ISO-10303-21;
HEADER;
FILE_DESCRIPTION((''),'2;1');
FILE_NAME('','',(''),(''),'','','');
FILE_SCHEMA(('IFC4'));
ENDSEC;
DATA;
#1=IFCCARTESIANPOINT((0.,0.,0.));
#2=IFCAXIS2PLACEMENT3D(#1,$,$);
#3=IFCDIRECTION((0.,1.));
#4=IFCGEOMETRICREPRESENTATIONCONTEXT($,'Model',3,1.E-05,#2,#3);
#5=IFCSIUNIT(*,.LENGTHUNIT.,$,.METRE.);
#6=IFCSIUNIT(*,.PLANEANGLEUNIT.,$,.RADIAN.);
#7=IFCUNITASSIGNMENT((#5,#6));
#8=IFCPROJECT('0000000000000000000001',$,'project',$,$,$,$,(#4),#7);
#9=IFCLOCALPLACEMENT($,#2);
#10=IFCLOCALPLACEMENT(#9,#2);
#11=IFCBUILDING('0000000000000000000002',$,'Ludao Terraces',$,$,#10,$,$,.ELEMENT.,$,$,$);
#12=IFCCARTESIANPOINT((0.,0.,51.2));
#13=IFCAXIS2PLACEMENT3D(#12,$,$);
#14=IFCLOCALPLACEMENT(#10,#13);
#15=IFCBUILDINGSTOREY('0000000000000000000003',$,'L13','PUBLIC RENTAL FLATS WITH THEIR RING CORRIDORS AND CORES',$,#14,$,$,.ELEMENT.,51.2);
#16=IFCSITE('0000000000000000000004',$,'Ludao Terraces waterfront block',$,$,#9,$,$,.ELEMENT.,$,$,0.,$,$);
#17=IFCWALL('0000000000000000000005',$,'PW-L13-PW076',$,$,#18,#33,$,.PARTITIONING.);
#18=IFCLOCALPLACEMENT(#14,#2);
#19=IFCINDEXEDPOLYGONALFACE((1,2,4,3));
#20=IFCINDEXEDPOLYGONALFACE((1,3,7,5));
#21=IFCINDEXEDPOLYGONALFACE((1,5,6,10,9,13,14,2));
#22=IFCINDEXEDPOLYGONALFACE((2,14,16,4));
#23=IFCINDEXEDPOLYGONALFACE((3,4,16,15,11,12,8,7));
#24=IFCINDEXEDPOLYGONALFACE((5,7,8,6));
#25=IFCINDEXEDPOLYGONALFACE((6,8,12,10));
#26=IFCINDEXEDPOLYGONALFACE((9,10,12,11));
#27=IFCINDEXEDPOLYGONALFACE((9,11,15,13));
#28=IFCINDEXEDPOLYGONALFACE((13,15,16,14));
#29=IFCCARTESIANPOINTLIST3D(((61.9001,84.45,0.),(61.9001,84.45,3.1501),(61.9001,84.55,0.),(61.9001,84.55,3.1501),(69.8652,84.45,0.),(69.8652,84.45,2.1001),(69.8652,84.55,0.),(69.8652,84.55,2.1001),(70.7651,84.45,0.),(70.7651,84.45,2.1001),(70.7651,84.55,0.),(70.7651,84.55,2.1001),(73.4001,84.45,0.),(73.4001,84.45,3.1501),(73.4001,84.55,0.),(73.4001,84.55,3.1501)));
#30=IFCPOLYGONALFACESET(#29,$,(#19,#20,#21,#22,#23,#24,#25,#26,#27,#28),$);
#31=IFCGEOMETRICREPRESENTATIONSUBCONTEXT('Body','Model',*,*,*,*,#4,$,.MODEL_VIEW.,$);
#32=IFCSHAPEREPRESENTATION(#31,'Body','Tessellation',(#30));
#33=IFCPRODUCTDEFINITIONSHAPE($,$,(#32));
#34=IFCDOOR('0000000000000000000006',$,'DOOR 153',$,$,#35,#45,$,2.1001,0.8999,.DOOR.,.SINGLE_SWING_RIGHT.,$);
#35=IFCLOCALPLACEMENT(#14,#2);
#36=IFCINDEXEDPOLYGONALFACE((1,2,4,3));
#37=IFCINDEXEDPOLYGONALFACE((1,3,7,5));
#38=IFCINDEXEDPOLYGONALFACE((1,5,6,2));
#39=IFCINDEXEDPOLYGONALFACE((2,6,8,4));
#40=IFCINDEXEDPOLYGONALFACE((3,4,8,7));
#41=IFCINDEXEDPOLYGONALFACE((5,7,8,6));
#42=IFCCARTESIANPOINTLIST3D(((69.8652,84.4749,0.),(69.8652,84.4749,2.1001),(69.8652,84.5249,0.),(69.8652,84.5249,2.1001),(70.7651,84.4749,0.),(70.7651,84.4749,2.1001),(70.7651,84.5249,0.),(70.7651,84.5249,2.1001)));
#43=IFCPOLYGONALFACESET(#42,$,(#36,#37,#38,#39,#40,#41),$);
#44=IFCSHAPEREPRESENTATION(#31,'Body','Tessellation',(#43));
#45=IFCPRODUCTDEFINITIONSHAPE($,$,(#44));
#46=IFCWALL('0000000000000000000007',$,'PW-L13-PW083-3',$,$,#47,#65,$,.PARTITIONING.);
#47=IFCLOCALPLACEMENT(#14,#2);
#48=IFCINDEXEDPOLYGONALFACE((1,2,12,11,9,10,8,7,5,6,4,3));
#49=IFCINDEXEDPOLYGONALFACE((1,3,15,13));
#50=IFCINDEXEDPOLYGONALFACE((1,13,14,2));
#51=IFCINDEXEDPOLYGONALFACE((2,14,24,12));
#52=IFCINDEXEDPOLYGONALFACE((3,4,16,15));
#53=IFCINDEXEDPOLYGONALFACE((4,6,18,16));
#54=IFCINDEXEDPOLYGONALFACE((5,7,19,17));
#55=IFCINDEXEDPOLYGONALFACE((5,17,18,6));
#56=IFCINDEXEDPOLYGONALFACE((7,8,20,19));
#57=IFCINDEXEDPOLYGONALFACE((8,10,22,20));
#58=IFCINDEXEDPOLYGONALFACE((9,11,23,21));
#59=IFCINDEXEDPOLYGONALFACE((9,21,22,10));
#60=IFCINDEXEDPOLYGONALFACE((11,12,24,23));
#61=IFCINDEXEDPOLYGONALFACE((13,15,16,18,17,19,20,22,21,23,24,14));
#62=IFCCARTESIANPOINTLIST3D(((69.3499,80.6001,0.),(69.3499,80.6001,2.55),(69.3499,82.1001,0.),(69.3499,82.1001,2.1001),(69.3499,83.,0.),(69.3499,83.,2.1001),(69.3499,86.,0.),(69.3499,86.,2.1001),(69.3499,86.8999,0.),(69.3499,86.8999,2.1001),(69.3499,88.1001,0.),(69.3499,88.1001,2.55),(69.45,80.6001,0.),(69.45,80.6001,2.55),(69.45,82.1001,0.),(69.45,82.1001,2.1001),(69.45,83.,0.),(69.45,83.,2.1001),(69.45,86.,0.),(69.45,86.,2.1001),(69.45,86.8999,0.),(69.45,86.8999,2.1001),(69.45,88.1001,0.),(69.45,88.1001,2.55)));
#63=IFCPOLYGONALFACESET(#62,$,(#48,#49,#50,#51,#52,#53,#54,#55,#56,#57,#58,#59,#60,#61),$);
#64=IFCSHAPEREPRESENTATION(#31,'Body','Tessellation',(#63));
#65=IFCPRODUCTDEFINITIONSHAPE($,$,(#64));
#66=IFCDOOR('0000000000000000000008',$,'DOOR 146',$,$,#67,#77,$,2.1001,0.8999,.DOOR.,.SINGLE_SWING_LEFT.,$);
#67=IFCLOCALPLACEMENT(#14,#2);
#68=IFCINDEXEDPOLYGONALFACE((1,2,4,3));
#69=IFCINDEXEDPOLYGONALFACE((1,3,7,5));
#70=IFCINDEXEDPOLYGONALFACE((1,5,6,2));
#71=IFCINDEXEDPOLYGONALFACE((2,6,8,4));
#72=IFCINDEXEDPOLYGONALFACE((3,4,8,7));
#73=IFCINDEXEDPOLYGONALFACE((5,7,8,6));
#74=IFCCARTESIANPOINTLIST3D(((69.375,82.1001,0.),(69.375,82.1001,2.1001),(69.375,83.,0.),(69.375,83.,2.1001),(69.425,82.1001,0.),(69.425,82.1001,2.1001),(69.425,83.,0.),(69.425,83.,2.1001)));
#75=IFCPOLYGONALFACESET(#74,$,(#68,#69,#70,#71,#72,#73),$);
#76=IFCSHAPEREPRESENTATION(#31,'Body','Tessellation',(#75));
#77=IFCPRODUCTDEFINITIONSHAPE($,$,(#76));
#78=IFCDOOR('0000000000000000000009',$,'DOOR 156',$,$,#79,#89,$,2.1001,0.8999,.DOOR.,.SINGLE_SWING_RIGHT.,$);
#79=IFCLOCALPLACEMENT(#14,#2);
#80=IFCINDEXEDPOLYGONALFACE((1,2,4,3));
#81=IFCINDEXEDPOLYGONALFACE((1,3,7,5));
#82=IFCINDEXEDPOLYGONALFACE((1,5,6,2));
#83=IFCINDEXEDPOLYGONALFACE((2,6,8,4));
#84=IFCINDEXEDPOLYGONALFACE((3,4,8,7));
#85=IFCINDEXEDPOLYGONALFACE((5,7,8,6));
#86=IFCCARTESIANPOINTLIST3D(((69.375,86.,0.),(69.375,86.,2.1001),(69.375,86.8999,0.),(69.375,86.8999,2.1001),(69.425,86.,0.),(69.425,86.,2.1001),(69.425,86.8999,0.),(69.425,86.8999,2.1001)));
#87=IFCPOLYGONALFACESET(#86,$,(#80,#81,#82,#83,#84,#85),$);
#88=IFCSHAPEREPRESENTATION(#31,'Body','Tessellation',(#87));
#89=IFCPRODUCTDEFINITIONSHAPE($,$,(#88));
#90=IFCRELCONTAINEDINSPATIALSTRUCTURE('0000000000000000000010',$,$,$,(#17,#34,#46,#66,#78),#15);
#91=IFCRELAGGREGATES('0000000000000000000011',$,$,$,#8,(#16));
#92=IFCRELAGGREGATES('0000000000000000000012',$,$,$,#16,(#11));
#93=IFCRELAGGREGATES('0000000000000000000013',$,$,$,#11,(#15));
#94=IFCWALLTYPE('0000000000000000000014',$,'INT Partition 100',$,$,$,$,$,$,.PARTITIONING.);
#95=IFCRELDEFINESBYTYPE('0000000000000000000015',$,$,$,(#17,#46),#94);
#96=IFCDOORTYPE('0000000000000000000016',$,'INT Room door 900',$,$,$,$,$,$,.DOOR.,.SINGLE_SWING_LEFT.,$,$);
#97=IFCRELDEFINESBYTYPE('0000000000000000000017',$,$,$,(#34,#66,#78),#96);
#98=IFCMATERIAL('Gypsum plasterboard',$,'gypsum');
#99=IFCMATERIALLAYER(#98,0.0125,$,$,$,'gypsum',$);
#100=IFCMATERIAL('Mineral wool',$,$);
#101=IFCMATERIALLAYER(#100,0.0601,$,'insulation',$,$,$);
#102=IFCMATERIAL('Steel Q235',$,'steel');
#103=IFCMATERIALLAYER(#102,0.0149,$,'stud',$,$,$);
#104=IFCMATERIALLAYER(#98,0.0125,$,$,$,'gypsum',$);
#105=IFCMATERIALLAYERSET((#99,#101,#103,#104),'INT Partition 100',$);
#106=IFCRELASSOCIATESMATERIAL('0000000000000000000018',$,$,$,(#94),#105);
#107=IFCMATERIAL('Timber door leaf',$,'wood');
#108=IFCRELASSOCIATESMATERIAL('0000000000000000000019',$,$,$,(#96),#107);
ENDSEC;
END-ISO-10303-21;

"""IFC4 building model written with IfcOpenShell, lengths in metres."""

from ifc_helpers import new_model, si_unit, direction, frame, frame_2d, origin, place, context, subcontext, project, spatial, rectangle, extrude, material, layer, layer_set, type_object, element, fill, save


model = new_model("IFC4")

# Units and contexts
model_context = context("Model", 3, precision=1e-05, world=origin(), true_north=direction((0.0, 1.0)))
body_context = subcontext(model_context, "Body", "Model", "MODEL_VIEW")
ifc_project = project(units=[si_unit("LENGTHUNIT", "METRE"), si_unit("PLANEANGLEUNIT", "RADIAN")], contexts=[model_context])

# Site, building, storey
site_placement = place(None, origin())
site = spatial("IfcSite", under=ifc_project, at=site_placement, Name="Ludao Terraces waterfront block", CompositionType="ELEMENT", RefElevation=0.0)
building_placement = place(site_placement, origin())
building = spatial("IfcBuilding", under=site, at=building_placement, Name="Ludao Terraces", CompositionType="ELEMENT")
storey_placement = place(building_placement, frame((0.0, 0.0, 51.2)))
storey = spatial("IfcBuildingStorey", under=building, at=storey_placement, Name="L13", Description="PUBLIC RENTAL FLATS WITH THEIR RING CORRIDORS AND CORES", CompositionType="ELEMENT", Elevation=51.2)

# Shared definitions
ifc_material_1 = material(Name="Mineral wool")

# Shared definitions
ifc_material_2 = material(Name="Gypsum plasterboard", Category="gypsum")
ifc_layer_1 = layer(ifc_material_2, 0.0125, Category="gypsum")
ifc_layer_2 = layer(ifc_material_1, 0.0601, Name="insulation")
ifc_material_3 = material(Name="Steel Q235", Category="steel")
ifc_layer_3 = layer(ifc_material_3, 0.0149, Name="stud")
ifc_layer_4 = layer(ifc_material_2, 0.0125, Category="gypsum")
ifc_layer_set_1 = layer_set([ifc_layer_1, ifc_layer_2, ifc_layer_3, ifc_layer_4], Name="INT Partition 100")
wall_type_1 = type_object("IfcWallType", Name="INT Partition 100", PredefinedType="PARTITIONING", material=ifc_layer_set_1)

# Wall, opening, door
wall_1_placement = place(storey_placement, frame((61.9001, 84.5, 0.0), z_axis=(0.0, 0.0, 1.0), x_axis=(1.0, 0.0, 0.0)))
wall_1 = element("IfcWall", 1, at=wall_1_placement, inside=storey, type_object=wall_type_1, Name="PW-L13-PW076", PredefinedType="PARTITIONING", context=body_context, shape_type="SweptSolid", body=[
    extrude(rectangle(XDim=11.5, YDim=0.1001, at=frame_2d((5.75, 0.0))), origin(), (0.0, 0.0, 1.0), 3.1501),
])
opening_1_placement = place(wall_1_placement, frame((7.9651, 0.0, 0.0)))
opening_1 = element("IfcOpeningElement", 2, at=opening_1_placement, cuts=wall_1, PredefinedType="OPENING", context=body_context, shape_type="SweptSolid", body=[
    extrude(rectangle(XDim=0.8999, YDim=2.1001, at=frame_2d((0.45, 1.05))), frame((0.0, 0.0601, 0.0), z_axis=(0.0, -1.0, 0.0), x_axis=(1.0, 0.0, 0.0)), (0.0, 0.0, 1.0), 0.1201),
])
ifc_material_4 = material(Name="Timber door leaf", Category="wood")
door_type = type_object("IfcDoorType", Name="INT Room door 900", OperationType="SINGLE_SWING_LEFT", PredefinedType="DOOR", material=ifc_material_4)
door_1_placement = place(opening_1_placement, origin())
door_1 = element("IfcDoor", 3, at=door_1_placement, inside=storey, type_object=door_type, Name="DOOR 153", OperationType="SINGLE_SWING_RIGHT", OverallHeight=2.1001, OverallWidth=0.8999, PredefinedType="DOOR", context=body_context, shape_type="SweptSolid", body=[
    extrude(rectangle(XDim=0.8999, YDim=2.1001, at=frame_2d((0.45, 1.05))), frame((0.0, 0.0249, 0.0), z_axis=(0.0, -1.0, 0.0), x_axis=(1.0, 0.0, 0.0)), (0.0, 0.0, 1.0), 0.05),
])
fill(opening_1, door_1)

# Wall, openings, doors
wall_2_placement = place(storey_placement, frame((69.3999, 80.6001, 0.0), z_axis=(0.0, 0.0, 1.0), x_axis=(0.0, 1.0, 0.0)))
wall_2 = element("IfcWall", 4, at=wall_2_placement, inside=storey, type_object=wall_type_1, Name="PW-L13-PW083-3", PredefinedType="PARTITIONING", context=body_context, shape_type="SweptSolid", body=[
    extrude(rectangle(XDim=7.5, YDim=0.1001, at=frame_2d((3.75, 0.0))), origin(), (0.0, 0.0, 1.0), 2.55),
])
opening_2_placement = place(wall_2_placement, frame((1.5, 0.0, 0.0)))
opening_2 = element("IfcOpeningElement", 5, at=opening_2_placement, cuts=wall_2, PredefinedType="OPENING", context=body_context, shape_type="SweptSolid", body=[
    extrude(rectangle(XDim=0.8999, YDim=2.1001, at=frame_2d((0.45, 1.05))), frame((0.0, 0.0601, 0.0), z_axis=(0.0, -1.0, 0.0), x_axis=(1.0, 0.0, 0.0)), (0.0, 0.0, 1.0), 0.1201),
])
opening_3_placement = place(wall_2_placement, frame((5.3999, 0.0, 0.0)))
opening_3 = element("IfcOpeningElement", 6, at=opening_3_placement, cuts=wall_2, PredefinedType="OPENING", context=body_context, shape_type="SweptSolid", body=[
    extrude(rectangle(XDim=0.8999, YDim=2.1001, at=frame_2d((0.45, 1.05))), frame((0.0, 0.0601, 0.0), z_axis=(0.0, -1.0, 0.0), x_axis=(1.0, 0.0, 0.0)), (0.0, 0.0, 1.0), 0.1201),
])
door_2_placement = place(opening_2_placement, origin())
door_2 = element("IfcDoor", 7, at=door_2_placement, inside=storey, type_object=door_type, Name="DOOR 146", OperationType="SINGLE_SWING_LEFT", OverallHeight=2.1001, OverallWidth=0.8999, PredefinedType="DOOR", context=body_context, shape_type="SweptSolid", body=[
    extrude(rectangle(XDim=0.8999, YDim=2.1001, at=frame_2d((0.45, 1.05))), frame((0.0, 0.0249, 0.0), z_axis=(0.0, -1.0, 0.0), x_axis=(1.0, 0.0, 0.0)), (0.0, 0.0, 1.0), 0.05),
])
fill(opening_2, door_2)
door_3_placement = place(opening_3_placement, origin())
door_3 = element("IfcDoor", 8, at=door_3_placement, inside=storey, type_object=door_type, Name="DOOR 156", OperationType="SINGLE_SWING_RIGHT", OverallHeight=2.1001, OverallWidth=0.8999, PredefinedType="DOOR", context=body_context, shape_type="SweptSolid", body=[
    extrude(rectangle(XDim=0.8999, YDim=2.1001, at=frame_2d((0.45, 1.05))), frame((0.0, 0.0249, 0.0), z_axis=(0.0, -1.0, 0.0), x_axis=(1.0, 0.0, 0.0)), (0.0, 0.0, 1.0), 0.05),
])
fill(opening_3, door_3)

save(model, "model.ifc")
